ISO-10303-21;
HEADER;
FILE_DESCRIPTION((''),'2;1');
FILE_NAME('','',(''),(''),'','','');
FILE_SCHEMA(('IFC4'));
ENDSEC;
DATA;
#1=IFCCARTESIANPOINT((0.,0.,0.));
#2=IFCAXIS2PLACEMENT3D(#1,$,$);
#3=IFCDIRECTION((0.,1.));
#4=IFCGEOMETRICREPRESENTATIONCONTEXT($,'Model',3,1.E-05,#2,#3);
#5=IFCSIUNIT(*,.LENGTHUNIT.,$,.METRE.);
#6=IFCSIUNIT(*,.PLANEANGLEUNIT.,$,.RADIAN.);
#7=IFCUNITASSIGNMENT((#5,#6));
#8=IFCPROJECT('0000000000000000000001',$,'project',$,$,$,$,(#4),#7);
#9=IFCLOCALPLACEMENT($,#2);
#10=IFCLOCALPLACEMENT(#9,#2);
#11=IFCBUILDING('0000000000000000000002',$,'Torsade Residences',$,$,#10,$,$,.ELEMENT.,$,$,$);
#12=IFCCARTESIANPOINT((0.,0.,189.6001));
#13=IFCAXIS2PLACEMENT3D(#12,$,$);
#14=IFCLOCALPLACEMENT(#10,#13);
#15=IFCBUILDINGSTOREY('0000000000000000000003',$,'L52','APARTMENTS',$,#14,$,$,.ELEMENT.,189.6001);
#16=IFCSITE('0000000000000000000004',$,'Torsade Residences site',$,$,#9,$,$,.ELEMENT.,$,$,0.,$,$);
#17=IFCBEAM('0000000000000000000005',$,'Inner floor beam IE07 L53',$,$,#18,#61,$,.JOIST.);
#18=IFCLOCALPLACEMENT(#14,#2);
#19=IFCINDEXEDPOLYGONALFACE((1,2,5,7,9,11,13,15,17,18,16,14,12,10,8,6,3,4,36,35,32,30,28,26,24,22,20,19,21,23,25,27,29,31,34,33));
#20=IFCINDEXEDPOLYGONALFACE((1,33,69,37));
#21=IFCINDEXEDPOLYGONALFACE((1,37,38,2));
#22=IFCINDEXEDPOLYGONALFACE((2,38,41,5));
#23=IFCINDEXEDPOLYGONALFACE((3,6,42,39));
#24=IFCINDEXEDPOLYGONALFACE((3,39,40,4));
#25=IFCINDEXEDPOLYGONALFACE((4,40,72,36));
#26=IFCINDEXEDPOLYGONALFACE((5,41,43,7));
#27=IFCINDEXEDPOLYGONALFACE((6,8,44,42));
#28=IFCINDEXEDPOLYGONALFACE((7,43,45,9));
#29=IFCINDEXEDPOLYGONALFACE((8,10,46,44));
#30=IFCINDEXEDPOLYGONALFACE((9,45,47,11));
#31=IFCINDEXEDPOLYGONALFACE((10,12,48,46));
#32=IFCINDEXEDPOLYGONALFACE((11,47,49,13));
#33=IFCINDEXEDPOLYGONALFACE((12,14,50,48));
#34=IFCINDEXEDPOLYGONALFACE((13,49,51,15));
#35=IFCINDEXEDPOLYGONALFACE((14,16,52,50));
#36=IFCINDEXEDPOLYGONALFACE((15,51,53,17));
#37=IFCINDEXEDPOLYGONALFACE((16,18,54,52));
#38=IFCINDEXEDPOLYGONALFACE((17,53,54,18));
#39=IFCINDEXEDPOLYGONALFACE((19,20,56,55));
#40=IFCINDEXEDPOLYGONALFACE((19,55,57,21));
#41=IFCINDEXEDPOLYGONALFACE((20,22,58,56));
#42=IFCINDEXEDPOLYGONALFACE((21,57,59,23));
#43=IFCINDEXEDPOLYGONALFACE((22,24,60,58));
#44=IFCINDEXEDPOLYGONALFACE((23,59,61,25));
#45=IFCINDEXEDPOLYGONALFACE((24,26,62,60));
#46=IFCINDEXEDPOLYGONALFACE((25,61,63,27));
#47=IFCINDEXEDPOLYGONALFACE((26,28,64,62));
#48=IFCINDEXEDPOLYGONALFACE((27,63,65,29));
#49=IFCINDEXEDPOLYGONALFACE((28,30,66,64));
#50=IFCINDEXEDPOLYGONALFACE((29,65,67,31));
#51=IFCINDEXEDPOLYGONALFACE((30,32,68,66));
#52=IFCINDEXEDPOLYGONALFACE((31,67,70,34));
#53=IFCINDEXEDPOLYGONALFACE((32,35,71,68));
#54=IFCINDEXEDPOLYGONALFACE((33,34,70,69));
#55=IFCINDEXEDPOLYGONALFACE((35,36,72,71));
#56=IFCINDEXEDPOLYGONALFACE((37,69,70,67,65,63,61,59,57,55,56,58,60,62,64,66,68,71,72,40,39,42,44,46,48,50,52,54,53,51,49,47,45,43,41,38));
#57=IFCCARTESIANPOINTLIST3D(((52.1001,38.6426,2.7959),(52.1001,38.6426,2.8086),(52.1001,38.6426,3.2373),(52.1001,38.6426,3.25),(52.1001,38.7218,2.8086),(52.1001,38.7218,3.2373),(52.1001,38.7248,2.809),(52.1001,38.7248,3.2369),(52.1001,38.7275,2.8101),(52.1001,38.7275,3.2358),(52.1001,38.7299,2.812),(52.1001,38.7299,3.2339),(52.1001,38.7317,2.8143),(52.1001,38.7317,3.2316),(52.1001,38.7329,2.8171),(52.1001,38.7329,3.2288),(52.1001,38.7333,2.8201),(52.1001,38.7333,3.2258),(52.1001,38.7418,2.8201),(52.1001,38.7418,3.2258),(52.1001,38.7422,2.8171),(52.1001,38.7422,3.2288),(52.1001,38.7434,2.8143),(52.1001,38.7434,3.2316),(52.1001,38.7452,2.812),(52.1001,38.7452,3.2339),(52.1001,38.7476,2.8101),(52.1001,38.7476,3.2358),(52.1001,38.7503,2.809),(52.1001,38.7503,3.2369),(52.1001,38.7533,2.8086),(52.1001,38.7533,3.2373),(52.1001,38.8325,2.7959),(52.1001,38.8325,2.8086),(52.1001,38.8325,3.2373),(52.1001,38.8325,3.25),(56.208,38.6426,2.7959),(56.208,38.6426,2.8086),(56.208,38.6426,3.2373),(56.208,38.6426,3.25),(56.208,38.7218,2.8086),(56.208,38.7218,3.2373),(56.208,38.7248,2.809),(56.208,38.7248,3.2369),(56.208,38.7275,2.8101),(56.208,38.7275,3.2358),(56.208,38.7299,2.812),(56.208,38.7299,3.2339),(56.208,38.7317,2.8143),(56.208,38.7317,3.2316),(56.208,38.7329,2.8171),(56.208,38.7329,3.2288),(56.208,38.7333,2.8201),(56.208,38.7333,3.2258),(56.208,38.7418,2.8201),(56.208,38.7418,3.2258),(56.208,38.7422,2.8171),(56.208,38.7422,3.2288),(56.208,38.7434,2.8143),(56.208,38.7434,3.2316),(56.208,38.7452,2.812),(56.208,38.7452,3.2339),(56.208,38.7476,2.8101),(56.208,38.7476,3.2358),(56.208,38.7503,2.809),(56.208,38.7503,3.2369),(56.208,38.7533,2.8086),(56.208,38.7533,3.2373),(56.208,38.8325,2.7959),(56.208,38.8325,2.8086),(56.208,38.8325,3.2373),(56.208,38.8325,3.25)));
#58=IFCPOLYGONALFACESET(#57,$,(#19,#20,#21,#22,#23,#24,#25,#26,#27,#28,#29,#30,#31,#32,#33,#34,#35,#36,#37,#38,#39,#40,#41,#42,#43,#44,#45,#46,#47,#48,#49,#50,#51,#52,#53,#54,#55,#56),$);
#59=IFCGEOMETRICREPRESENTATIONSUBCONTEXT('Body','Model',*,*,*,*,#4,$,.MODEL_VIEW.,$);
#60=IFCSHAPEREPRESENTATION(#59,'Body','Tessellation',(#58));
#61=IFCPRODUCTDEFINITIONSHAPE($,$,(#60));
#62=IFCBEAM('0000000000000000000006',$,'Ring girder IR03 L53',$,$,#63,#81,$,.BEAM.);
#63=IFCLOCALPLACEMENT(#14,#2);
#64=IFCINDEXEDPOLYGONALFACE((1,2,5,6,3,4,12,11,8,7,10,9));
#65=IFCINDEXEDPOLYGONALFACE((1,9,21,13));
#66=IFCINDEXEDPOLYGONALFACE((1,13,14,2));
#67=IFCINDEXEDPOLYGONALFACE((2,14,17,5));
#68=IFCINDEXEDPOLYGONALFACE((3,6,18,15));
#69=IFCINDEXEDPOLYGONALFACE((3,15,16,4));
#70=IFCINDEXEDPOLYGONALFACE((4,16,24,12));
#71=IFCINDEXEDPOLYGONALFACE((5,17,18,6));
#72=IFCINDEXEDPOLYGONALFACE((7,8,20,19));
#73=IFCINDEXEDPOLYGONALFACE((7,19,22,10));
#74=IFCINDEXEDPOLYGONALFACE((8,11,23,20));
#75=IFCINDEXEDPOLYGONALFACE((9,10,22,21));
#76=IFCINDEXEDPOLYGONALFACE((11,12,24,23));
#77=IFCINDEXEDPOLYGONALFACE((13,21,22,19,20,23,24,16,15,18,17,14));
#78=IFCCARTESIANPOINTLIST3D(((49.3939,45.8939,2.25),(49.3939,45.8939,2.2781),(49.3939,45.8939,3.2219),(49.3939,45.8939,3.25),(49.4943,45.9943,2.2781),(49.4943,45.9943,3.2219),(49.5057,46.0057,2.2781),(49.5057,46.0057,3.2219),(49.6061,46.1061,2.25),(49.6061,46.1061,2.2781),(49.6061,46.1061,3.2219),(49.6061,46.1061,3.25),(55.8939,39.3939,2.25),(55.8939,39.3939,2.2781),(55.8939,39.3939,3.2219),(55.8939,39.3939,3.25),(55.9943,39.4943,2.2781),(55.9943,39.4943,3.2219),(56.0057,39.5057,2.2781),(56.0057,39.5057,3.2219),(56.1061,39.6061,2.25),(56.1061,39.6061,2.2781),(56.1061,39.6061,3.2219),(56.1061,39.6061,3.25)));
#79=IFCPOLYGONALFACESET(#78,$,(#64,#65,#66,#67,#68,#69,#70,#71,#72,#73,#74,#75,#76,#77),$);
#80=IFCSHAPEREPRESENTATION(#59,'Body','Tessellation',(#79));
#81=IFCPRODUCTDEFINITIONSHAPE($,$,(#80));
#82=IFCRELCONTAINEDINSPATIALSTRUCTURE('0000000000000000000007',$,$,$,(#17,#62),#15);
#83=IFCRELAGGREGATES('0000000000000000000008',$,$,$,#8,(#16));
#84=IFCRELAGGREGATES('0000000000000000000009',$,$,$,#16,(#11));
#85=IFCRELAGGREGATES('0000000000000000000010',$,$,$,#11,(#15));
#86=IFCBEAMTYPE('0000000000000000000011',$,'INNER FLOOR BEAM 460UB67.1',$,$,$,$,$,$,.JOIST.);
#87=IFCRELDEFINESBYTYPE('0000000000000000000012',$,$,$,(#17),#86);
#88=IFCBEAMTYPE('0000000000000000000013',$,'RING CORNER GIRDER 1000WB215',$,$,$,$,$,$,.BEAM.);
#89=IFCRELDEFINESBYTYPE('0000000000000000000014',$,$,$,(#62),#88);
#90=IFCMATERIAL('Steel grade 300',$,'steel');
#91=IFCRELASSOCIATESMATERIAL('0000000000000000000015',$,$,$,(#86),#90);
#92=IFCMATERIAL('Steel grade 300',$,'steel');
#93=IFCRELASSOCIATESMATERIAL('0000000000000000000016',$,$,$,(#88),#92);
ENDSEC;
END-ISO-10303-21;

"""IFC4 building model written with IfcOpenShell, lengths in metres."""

from ifc_helpers import new_model, si_unit, direction, frame, origin, origin_2d, place, context, subcontext, project, spatial, i_section, extrude, material, material_profile, profile_set, type_object, element, save


model = new_model("IFC4")

# Units and contexts
model_context = context("Model", 3, precision=1e-05, world=origin(), true_north=direction((0.0, 1.0)))
body_context = subcontext(model_context, "Body", "Model", "MODEL_VIEW")
ifc_project = project(units=[si_unit("LENGTHUNIT", "METRE"), si_unit("PLANEANGLEUNIT", "RADIAN")], contexts=[model_context])

# Site, building, storey
site_placement = place(None, origin())
site = spatial("IfcSite", under=ifc_project, at=site_placement, Name="Torsade Residences site", CompositionType="ELEMENT", RefElevation=0.0)
building_placement = place(site_placement, origin())
building = spatial("IfcBuilding", under=site, at=building_placement, Name="Torsade Residences", CompositionType="ELEMENT")
storey_placement = place(building_placement, frame((0.0, 0.0, 189.6001)))
storey = spatial("IfcBuildingStorey", under=building, at=storey_placement, Name="L52", Description="APARTMENTS", CompositionType="ELEMENT", Elevation=189.6001)

# Beams
ifc_material_1 = material(Name="Steel grade 300", Category="steel")
ifc_material_profile_1 = material_profile(ifc_material_1, i_section(OverallWidth=0.1899, OverallDepth=0.4541, WebThickness=0.0085, FlangeThickness=0.0127, FilletRadius=0.0115, at=origin_2d()), Name="460UB67.1")
ifc_profile_set_1 = profile_set([ifc_material_profile_1], Name="Steel grade 300")
beam_type_1 = type_object("IfcBeamType", Name="INNER FLOOR BEAM 460UB67.1", PredefinedType="JOIST", material=ifc_profile_set_1)
beam_1_placement = place(storey_placement, frame((52.1001, 38.7375, 3.0229), z_axis=(1.0, 0.0, 0.0), x_axis=(0.0, 1.0, 0.0)))
element("IfcBeam", 1, at=beam_1_placement, inside=storey, type_object=beam_type_1, Name="Inner floor beam IE07 L53", PredefinedType="JOIST", context=body_context, shape_type="SweptSolid", body=[
    extrude(i_section(OverallWidth=0.1899, OverallDepth=0.4541, WebThickness=0.0085, FlangeThickness=0.0127, FilletRadius=0.0115, at=origin_2d()), origin(), (0.0, 0.0, 1.0), 4.1079),
])
ifc_material_2 = material(Name="Steel grade 300", Category="steel")
ifc_material_profile_2 = material_profile(ifc_material_2, i_section(OverallWidth=0.3, OverallDepth=1.0, WebThickness=0.0161, FlangeThickness=0.0281, at=origin_2d()), Name="1000WB215")
ifc_profile_set_2 = profile_set([ifc_material_profile_2], Name="Steel grade 300")
beam_type_2 = type_object("IfcBeamType", Name="RING CORNER GIRDER 1000WB215", PredefinedType="BEAM", material=ifc_profile_set_2)
beam_2_placement = place(storey_placement, frame((56.0, 39.5, 2.75), z_axis=(-0.707107, 0.707107, 0.0), x_axis=(-0.707107, -0.707107, 0.0)))
element("IfcBeam", 2, at=beam_2_placement, inside=storey, type_object=beam_type_2, Name="Ring girder IR03 L53", PredefinedType="BEAM", context=body_context, shape_type="SweptSolid", body=[
    extrude(i_section(OverallWidth=0.3, OverallDepth=1.0, WebThickness=0.0161, FlangeThickness=0.0281, at=origin_2d()), origin(), (0.0, 0.0, 1.0), 9.1924),
])

save(model, "model.ifc")
